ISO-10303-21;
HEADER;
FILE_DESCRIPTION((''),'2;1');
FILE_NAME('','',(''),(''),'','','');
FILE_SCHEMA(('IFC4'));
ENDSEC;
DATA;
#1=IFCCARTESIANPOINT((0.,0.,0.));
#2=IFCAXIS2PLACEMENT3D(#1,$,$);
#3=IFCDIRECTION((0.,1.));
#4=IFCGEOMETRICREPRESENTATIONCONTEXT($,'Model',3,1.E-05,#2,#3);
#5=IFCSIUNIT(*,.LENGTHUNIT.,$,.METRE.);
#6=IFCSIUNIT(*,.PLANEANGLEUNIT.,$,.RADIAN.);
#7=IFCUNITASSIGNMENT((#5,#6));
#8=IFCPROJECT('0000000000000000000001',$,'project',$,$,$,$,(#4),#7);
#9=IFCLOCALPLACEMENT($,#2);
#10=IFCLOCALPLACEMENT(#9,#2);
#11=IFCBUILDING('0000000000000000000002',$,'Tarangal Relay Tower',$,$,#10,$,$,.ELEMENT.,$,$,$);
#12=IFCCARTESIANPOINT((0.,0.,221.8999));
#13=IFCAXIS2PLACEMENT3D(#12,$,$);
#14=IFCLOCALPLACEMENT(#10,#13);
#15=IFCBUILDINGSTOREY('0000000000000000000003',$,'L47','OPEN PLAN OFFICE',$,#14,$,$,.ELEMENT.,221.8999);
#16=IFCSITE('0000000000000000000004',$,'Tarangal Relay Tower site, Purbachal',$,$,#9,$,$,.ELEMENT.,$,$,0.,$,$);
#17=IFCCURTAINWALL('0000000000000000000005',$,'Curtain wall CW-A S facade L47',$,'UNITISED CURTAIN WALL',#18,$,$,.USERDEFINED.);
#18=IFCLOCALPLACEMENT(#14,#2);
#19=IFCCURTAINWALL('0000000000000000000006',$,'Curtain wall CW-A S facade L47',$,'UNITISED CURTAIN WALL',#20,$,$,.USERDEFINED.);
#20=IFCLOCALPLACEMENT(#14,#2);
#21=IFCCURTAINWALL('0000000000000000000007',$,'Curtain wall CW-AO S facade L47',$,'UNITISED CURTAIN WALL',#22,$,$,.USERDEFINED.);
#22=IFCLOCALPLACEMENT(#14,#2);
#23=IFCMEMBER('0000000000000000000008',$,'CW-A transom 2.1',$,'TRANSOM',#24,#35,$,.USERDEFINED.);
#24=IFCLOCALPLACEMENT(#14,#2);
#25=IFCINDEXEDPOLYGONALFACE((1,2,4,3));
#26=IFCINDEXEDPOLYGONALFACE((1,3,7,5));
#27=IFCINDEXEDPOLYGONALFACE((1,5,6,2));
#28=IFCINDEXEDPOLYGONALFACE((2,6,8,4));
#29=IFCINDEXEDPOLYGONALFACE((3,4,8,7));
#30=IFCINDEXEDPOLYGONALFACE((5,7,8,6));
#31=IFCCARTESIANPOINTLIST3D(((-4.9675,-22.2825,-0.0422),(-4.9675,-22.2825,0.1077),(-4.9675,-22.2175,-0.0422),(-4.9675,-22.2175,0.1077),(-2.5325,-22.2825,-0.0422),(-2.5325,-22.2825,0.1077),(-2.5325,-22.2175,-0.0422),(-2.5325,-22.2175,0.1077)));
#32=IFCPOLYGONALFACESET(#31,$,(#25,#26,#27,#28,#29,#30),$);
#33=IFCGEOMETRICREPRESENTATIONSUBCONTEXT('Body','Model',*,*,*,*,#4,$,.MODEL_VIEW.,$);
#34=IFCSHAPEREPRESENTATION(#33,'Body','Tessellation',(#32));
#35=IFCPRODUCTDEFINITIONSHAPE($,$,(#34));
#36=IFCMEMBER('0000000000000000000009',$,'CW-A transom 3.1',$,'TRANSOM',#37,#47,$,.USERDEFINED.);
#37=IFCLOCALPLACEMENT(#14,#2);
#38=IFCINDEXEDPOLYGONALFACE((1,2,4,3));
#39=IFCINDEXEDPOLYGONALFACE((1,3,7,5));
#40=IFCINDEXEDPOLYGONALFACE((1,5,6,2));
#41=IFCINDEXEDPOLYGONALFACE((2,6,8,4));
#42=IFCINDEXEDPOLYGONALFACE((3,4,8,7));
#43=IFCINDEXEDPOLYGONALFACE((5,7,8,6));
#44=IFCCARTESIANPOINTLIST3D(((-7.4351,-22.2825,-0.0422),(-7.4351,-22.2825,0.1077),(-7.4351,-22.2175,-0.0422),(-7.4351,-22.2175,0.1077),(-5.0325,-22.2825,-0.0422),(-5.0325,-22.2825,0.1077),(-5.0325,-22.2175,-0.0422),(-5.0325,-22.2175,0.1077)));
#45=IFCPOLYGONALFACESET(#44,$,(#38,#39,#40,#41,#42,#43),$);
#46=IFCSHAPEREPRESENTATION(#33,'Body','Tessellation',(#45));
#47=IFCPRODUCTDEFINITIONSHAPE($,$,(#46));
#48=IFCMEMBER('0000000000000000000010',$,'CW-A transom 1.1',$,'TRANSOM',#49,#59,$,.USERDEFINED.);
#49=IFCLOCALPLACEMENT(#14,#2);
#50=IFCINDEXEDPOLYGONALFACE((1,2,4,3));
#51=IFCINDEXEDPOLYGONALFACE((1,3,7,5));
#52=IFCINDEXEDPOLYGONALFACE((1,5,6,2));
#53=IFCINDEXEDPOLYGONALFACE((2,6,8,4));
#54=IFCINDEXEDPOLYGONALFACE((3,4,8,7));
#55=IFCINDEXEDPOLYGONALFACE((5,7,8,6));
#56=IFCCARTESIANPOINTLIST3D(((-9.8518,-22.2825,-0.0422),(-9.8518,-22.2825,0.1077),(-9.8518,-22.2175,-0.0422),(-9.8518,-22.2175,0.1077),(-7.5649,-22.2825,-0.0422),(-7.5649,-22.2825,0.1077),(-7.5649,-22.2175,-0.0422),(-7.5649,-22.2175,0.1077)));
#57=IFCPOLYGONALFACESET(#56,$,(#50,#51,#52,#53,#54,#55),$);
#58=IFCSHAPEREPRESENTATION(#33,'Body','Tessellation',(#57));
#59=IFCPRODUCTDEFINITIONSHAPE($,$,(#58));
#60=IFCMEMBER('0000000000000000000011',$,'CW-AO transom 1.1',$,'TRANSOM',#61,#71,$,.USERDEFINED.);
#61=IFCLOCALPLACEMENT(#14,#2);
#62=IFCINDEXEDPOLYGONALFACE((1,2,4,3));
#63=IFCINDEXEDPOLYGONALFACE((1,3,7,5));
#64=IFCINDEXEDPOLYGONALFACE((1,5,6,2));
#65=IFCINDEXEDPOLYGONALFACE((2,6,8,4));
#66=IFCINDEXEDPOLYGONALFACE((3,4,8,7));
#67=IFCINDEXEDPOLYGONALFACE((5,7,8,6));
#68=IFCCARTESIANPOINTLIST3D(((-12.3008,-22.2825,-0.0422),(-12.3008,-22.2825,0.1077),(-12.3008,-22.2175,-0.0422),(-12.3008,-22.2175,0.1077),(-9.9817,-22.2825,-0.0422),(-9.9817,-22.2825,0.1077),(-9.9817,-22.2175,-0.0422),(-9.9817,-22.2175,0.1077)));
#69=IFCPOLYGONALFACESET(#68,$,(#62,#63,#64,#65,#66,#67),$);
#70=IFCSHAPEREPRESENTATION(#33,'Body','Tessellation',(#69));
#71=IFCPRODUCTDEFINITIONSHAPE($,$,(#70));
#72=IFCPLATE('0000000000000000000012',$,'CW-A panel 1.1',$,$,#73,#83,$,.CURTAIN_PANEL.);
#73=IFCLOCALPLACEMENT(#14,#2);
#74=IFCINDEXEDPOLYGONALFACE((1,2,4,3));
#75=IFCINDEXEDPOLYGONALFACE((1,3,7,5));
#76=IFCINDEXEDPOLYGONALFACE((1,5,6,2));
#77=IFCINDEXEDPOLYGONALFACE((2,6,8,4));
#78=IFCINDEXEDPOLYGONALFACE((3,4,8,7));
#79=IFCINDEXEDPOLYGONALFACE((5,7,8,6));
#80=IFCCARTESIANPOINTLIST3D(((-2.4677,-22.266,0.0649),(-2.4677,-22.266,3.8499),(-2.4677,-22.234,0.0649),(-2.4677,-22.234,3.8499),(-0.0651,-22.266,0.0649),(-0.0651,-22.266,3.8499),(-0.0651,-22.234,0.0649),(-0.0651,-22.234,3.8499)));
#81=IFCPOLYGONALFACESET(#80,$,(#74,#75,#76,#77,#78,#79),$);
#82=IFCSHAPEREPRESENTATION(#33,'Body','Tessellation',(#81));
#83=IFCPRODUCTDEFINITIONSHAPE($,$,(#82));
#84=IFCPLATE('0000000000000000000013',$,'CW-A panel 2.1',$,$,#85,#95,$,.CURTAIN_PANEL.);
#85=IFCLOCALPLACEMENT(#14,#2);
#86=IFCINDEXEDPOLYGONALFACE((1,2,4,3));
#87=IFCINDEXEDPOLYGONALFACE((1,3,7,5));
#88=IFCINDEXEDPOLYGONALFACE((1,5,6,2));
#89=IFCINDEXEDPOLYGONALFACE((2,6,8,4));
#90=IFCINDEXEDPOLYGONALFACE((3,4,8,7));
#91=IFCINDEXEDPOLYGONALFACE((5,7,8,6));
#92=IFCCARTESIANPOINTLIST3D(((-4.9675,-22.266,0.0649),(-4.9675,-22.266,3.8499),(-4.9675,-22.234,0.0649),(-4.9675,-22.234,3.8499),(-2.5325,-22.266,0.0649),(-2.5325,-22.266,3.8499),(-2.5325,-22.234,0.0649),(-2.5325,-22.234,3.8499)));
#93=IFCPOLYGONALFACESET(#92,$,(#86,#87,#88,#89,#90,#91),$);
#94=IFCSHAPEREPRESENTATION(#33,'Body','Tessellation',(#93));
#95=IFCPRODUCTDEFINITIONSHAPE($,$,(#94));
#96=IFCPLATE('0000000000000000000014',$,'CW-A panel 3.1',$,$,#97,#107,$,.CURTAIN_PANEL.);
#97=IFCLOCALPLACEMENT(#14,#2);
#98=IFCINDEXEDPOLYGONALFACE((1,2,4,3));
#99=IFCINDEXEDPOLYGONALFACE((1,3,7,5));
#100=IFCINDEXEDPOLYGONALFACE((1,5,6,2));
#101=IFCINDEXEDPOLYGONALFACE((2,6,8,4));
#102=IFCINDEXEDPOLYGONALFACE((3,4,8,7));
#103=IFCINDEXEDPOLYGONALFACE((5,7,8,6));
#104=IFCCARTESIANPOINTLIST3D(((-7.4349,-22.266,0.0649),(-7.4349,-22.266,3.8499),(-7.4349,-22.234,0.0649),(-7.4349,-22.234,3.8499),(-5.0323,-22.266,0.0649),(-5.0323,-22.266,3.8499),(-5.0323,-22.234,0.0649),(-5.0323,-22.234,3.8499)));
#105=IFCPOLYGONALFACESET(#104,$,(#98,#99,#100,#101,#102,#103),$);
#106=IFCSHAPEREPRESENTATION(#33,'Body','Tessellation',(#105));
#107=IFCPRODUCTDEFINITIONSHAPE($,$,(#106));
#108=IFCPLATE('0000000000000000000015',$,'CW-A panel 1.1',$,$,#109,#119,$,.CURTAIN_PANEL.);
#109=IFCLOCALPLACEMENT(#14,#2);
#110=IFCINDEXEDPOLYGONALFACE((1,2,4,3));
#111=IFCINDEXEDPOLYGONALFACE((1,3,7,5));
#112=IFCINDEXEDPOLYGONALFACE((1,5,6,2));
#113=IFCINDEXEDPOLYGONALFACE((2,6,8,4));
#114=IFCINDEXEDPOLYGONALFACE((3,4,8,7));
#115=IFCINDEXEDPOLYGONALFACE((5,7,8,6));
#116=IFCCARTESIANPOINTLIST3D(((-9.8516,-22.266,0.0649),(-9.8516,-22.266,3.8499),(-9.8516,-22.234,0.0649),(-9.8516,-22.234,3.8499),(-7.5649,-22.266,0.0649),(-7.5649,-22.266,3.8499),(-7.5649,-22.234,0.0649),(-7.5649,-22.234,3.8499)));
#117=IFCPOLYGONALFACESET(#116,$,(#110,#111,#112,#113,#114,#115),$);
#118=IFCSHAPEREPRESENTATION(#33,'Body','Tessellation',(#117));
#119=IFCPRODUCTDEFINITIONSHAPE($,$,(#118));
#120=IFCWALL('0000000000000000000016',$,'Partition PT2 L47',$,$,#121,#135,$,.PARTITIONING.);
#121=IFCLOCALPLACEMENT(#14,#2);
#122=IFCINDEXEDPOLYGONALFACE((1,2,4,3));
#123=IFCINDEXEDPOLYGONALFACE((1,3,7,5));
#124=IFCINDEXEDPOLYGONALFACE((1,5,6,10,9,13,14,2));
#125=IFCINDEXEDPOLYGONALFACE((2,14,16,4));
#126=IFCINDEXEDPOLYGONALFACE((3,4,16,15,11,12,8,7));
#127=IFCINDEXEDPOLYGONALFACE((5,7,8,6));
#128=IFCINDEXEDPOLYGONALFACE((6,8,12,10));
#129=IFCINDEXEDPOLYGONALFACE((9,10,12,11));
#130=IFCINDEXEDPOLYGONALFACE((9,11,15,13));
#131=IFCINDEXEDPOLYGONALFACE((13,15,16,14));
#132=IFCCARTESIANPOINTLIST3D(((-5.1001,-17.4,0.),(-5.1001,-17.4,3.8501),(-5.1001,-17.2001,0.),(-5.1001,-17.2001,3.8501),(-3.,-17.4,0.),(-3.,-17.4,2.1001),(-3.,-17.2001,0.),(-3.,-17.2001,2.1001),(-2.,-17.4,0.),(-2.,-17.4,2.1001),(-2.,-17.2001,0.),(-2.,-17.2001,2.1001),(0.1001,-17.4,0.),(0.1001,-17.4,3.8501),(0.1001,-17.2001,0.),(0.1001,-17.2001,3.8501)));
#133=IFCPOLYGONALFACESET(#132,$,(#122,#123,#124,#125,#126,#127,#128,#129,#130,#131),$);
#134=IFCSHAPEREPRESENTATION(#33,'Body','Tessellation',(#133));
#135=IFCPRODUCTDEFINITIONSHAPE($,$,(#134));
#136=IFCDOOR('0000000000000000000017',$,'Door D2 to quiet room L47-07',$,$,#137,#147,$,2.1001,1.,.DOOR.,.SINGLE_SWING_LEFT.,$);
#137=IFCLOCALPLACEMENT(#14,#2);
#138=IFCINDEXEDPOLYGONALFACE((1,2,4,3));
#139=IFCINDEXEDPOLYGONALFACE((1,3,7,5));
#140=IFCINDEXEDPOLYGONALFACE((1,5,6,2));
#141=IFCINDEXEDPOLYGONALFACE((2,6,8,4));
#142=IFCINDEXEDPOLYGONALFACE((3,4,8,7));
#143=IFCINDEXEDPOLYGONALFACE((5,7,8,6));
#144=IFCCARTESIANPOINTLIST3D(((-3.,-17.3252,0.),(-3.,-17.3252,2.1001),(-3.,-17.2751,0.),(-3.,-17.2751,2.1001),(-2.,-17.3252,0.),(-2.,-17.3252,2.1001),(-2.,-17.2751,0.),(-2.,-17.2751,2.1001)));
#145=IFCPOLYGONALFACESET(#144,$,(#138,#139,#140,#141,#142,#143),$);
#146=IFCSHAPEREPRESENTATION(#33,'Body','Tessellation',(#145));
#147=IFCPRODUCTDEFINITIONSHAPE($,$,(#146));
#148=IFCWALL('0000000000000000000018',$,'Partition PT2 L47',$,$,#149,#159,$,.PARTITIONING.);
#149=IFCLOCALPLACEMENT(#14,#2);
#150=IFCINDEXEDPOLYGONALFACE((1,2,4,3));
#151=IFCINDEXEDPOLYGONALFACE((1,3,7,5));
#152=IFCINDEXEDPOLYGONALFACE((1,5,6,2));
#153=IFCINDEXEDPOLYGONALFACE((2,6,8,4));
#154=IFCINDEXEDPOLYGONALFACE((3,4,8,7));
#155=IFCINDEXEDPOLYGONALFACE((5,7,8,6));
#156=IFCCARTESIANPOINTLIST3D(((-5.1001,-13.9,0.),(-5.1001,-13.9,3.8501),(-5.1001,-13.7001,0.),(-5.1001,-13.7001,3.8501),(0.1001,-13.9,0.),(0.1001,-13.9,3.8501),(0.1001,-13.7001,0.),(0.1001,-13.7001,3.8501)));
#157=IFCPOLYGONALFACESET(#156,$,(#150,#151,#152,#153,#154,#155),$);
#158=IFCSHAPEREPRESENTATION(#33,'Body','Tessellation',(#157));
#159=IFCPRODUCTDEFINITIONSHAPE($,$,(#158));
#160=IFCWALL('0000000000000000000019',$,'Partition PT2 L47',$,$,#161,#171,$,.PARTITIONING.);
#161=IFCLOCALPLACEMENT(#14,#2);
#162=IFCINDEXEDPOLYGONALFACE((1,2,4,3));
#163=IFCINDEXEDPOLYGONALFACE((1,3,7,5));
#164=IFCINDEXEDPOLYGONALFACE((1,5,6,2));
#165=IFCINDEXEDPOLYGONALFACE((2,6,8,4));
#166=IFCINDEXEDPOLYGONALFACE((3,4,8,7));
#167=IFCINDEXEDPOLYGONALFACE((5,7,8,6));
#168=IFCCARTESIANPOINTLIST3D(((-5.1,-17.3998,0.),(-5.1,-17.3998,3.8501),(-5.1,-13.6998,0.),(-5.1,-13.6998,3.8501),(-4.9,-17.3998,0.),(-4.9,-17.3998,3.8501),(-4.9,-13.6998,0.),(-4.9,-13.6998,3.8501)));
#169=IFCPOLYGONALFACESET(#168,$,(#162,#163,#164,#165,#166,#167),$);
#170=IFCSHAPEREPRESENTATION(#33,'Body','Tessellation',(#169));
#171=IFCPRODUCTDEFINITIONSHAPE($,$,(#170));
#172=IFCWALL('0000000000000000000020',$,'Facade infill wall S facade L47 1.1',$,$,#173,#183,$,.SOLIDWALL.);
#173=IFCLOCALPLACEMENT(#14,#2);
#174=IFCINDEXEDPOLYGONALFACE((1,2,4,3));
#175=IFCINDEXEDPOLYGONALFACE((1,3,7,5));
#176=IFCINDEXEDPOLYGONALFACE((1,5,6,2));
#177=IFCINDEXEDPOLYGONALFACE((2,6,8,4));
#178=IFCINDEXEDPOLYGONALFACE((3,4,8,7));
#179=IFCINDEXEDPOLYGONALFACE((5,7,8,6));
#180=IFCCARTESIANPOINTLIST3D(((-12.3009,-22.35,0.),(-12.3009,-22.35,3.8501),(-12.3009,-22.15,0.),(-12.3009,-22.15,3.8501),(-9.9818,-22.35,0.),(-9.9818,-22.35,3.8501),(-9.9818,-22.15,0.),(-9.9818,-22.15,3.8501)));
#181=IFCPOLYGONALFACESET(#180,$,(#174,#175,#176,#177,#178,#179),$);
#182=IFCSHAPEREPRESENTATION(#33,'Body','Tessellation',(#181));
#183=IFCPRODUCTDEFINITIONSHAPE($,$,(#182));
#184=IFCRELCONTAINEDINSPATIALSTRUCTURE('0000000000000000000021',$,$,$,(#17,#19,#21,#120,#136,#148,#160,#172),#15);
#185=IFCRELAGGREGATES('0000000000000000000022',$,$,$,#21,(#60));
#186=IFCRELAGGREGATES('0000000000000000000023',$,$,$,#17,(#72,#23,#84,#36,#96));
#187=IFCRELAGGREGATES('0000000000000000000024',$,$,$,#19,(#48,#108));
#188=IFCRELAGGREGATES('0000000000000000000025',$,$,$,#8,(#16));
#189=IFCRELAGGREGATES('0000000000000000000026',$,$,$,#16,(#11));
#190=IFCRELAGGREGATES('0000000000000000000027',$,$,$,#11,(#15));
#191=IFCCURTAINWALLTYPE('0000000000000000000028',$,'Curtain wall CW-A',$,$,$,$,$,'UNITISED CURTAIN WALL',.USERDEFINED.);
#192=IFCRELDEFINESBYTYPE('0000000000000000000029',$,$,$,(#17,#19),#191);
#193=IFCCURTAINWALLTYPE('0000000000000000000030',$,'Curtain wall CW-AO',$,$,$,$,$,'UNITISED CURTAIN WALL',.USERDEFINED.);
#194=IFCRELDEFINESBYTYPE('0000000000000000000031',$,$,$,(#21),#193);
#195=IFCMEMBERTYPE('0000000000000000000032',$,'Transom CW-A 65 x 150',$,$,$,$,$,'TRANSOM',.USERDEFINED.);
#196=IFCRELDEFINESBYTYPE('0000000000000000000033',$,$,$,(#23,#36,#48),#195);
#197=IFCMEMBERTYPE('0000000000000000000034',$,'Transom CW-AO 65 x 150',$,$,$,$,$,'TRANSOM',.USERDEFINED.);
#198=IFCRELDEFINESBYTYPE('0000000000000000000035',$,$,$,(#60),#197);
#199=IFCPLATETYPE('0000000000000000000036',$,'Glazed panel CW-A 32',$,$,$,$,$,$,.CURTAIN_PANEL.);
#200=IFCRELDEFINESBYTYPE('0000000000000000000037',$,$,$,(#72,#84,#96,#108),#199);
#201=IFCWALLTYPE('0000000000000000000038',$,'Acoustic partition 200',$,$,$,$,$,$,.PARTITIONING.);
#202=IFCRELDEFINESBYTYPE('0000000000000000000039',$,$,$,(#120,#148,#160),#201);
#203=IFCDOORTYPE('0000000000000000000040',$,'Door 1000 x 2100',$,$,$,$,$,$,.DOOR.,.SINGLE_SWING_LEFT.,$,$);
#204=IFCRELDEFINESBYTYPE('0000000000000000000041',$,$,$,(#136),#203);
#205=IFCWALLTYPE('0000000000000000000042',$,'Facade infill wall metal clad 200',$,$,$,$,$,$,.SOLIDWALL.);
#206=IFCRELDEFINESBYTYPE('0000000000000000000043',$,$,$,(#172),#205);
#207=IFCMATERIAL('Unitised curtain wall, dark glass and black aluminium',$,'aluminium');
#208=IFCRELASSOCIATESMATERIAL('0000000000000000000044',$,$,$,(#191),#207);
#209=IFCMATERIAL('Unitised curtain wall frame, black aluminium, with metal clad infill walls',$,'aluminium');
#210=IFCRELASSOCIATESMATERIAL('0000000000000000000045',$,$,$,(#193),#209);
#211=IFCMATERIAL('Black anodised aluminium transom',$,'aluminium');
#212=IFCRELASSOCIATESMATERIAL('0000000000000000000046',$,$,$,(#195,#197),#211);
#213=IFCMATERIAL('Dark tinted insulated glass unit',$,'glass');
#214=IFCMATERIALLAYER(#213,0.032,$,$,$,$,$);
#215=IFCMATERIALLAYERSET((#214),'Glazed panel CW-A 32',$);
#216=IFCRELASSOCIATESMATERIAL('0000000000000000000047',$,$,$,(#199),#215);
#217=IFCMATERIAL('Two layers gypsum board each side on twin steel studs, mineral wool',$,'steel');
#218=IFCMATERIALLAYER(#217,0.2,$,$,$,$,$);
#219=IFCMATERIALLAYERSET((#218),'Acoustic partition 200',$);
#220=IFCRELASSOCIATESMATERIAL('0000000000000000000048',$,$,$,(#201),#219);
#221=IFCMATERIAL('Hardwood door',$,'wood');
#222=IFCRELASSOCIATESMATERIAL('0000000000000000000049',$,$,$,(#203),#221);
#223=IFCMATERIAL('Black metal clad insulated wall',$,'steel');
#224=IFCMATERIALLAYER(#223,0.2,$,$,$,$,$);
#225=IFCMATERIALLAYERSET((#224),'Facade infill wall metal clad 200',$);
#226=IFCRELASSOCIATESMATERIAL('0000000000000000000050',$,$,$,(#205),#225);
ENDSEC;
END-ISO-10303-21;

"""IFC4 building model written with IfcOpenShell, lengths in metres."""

from ifc_helpers import new_model, si_unit, direction, frame, frame_2d, origin, origin_2d, place, context, subcontext, project, spatial, rectangle, extrude, material, layer, layer_set, material_profile, profile_set, type_object, element, fill, aggregate, save


model = new_model("IFC4")

# Units and contexts
model_context = context("Model", 3, precision=1e-05, world=origin(), true_north=direction((0.0, 1.0)))
body_context = subcontext(model_context, "Body", "Model", "MODEL_VIEW")
ifc_project = project(units=[si_unit("LENGTHUNIT", "METRE"), si_unit("PLANEANGLEUNIT", "RADIAN")], contexts=[model_context])

# Site, building, storey
site_placement = place(None, origin())
site = spatial("IfcSite", under=ifc_project, at=site_placement, Name="Tarangal Relay Tower site, Purbachal", CompositionType="ELEMENT", RefElevation=0.0)
building_placement = place(site_placement, origin())
building = spatial("IfcBuilding", under=site, at=building_placement, Name="Tarangal Relay Tower", CompositionType="ELEMENT")
storey_placement = place(building_placement, frame((0.0, 0.0, 221.8999)))
storey = spatial("IfcBuildingStorey", under=building, at=storey_placement, Name="L47", Description="OPEN PLAN OFFICE", CompositionType="ELEMENT", Elevation=221.8999)

# Curtain walls
ifc_material_1 = material(Name="Unitised curtain wall, dark glass and black aluminium", Category="aluminium")
curtain_wall_type_1 = type_object("IfcCurtainWallType", Name="Curtain wall CW-A", ElementType="UNITISED CURTAIN WALL", PredefinedType="USERDEFINED", material=ifc_material_1)
curtain_wall_1_placement = place(storey_placement, origin())
curtain_wall_1 = element("IfcCurtainWall", 1, at=curtain_wall_1_placement, inside=storey, type_object=curtain_wall_type_1, Name="Curtain wall CW-A S facade L47", ObjectType="UNITISED CURTAIN WALL", PredefinedType="USERDEFINED")
curtain_wall_2_placement = place(storey_placement, origin())
curtain_wall_2 = element("IfcCurtainWall", 2, at=curtain_wall_2_placement, inside=storey, type_object=curtain_wall_type_1, Name="Curtain wall CW-A S facade L47", ObjectType="UNITISED CURTAIN WALL", PredefinedType="USERDEFINED")

# Curtain wall
ifc_material_2 = material(Name="Unitised curtain wall frame, black aluminium, with metal clad infill walls", Category="aluminium")
curtain_wall_type_2 = type_object("IfcCurtainWallType", Name="Curtain wall CW-AO", ElementType="UNITISED CURTAIN WALL", PredefinedType="USERDEFINED", material=ifc_material_2)
curtain_wall_3_placement = place(storey_placement, origin())
curtain_wall_3 = element("IfcCurtainWall", 3, at=curtain_wall_3_placement, inside=storey, type_object=curtain_wall_type_2, Name="Curtain wall CW-AO S facade L47", ObjectType="UNITISED CURTAIN WALL", PredefinedType="USERDEFINED")

# Members
ifc_material_3 = material(Name="Black anodised aluminium transom", Category="aluminium")
ifc_material_profile_1 = material_profile(ifc_material_3, rectangle(XDim=0.0649, YDim=0.1499, at=origin_2d()), Name="CW-AT 65X150")
ifc_profile_set_1 = profile_set([ifc_material_profile_1], Name="Black anodised aluminium transom")
member_type_1 = type_object("IfcMemberType", Name="Transom CW-A 65 x 150", ElementType="TRANSOM", PredefinedType="USERDEFINED", material=ifc_profile_set_1)
member_1_placement = place(storey_placement, frame((-2.5325, -22.25, 0.0327), z_axis=(-1.0, 0.0, 0.0), x_axis=(0.0, -1.0, 0.0)))
member_1 = element("IfcMember", 4, at=member_1_placement, type_object=member_type_1, Name="CW-A transom 2.1", ObjectType="TRANSOM", PredefinedType="USERDEFINED", context=body_context, shape_type="SweptSolid", body=[
    extrude(rectangle(XDim=0.0649, YDim=0.1499, at=origin_2d()), origin(), (0.0, 0.0, 1.0), 2.4351),
])
member_2_placement = place(storey_placement, frame((-5.0325, -22.25, 0.0327), z_axis=(-1.0, 0.0, 0.0), x_axis=(0.0, -1.0, 0.0)))
member_2 = element("IfcMember", 5, at=member_2_placement, type_object=member_type_1, Name="CW-A transom 3.1", ObjectType="TRANSOM", PredefinedType="USERDEFINED", context=body_context, shape_type="SweptSolid", body=[
    extrude(rectangle(XDim=0.0649, YDim=0.1499, at=origin_2d()), origin(), (0.0, 0.0, 1.0), 2.4026),
])
member_3_placement = place(storey_placement, frame((-7.5649, -22.25, 0.0327), z_axis=(-1.0, 0.0, 0.0), x_axis=(0.0, -1.0, 0.0)))
member_3 = element("IfcMember", 6, at=member_3_placement, type_object=member_type_1, Name="CW-A transom 1.1", ObjectType="TRANSOM", PredefinedType="USERDEFINED", context=body_context, shape_type="SweptSolid", body=[
    extrude(rectangle(XDim=0.0649, YDim=0.1499, at=origin_2d()), origin(), (0.0, 0.0, 1.0), 2.2869),
])
ifc_material_profile_2 = material_profile(ifc_material_3, rectangle(XDim=0.0649, YDim=0.1499, at=origin_2d()), Name="CW-AOT 65X150")
ifc_profile_set_2 = profile_set([ifc_material_profile_2], Name="Black anodised aluminium transom")
member_type_2 = type_object("IfcMemberType", Name="Transom CW-AO 65 x 150", ElementType="TRANSOM", PredefinedType="USERDEFINED", material=ifc_profile_set_2)
member_4_placement = place(storey_placement, frame((-9.9817, -22.25, 0.0327), z_axis=(-1.0, 0.0, 0.0), x_axis=(0.0, -1.0, 0.0)))
member_4 = element("IfcMember", 7, at=member_4_placement, type_object=member_type_2, Name="CW-AO transom 1.1", ObjectType="TRANSOM", PredefinedType="USERDEFINED", context=body_context, shape_type="SweptSolid", body=[
    extrude(rectangle(XDim=0.0649, YDim=0.1499, at=origin_2d()), origin(), (0.0, 0.0, 1.0), 2.3191),
])
aggregate(curtain_wall_3, [member_4])

# Plates
ifc_material_4 = material(Name="Dark tinted insulated glass unit", Category="glass")
ifc_layer_1 = layer(ifc_material_4, 0.032)
ifc_layer_set_1 = layer_set([ifc_layer_1], Name="Glazed panel CW-A 32")
plate_type = type_object("IfcPlateType", Name="Glazed panel CW-A 32", PredefinedType="CURTAIN_PANEL", material=ifc_layer_set_1)
plate_1_placement = place(storey_placement, frame((-1.2664, -22.25, 0.0649), z_axis=(0.0, 0.0, 1.0), x_axis=(-1.0, 0.0, 0.0)))
plate_1 = element("IfcPlate", 8, at=plate_1_placement, type_object=plate_type, Name="CW-A panel 1.1", PredefinedType="CURTAIN_PANEL", context=body_context, shape_type="SweptSolid", body=[
    extrude(rectangle(XDim=2.4026, YDim=0.032, at=origin_2d()), origin(), (0.0, 0.0, 1.0), 3.7849),
])
plate_2_placement = place(storey_placement, frame((-3.75, -22.25, 0.0649), z_axis=(0.0, 0.0, 1.0), x_axis=(-1.0, 0.0, 0.0)))
plate_2 = element("IfcPlate", 9, at=plate_2_placement, type_object=plate_type, Name="CW-A panel 2.1", PredefinedType="CURTAIN_PANEL", context=body_context, shape_type="SweptSolid", body=[
    extrude(rectangle(XDim=2.4351, YDim=0.032, at=origin_2d()), origin(), (0.0, 0.0, 1.0), 3.7849),
])
plate_3_placement = place(storey_placement, frame((-6.2336, -22.25, 0.0649), z_axis=(0.0, 0.0, 1.0), x_axis=(-1.0, 0.0, 0.0)))
plate_3 = element("IfcPlate", 10, at=plate_3_placement, type_object=plate_type, Name="CW-A panel 3.1", PredefinedType="CURTAIN_PANEL", context=body_context, shape_type="SweptSolid", body=[
    extrude(rectangle(XDim=2.4026, YDim=0.032, at=origin_2d()), origin(), (0.0, 0.0, 1.0), 3.7849),
])
aggregate(curtain_wall_1, [plate_1, member_1, plate_2, member_2, plate_3])
plate_4_placement = place(storey_placement, frame((-8.7083, -22.25, 0.0649), z_axis=(0.0, 0.0, 1.0), x_axis=(-1.0, 0.0, 0.0)))
plate_4 = element("IfcPlate", 11, at=plate_4_placement, type_object=plate_type, Name="CW-A panel 1.1", PredefinedType="CURTAIN_PANEL", context=body_context, shape_type="SweptSolid", body=[
    extrude(rectangle(XDim=2.2866, YDim=0.032, at=origin_2d()), origin(), (0.0, 0.0, 1.0), 3.7849),
])
aggregate(curtain_wall_2, [member_3, plate_4])

# Wall, opening, door
ifc_material_5 = material(Name="Two layers gypsum board each side on twin steel studs, mineral wool", Category="steel")
ifc_layer_2 = layer(ifc_material_5, 0.2)
ifc_layer_set_2 = layer_set([ifc_layer_2], Name="Acoustic partition 200")
wall_type_1 = type_object("IfcWallType", Name="Acoustic partition 200", PredefinedType="PARTITIONING", material=ifc_layer_set_2)
wall_1_placement = place(storey_placement, frame((-5.1001, -17.3, 0.0), z_axis=(0.0, 0.0, 1.0), x_axis=(1.0, 0.0, 0.0)))
wall_1 = element("IfcWall", 12, at=wall_1_placement, inside=storey, type_object=wall_type_1, Name="Partition PT2 L47", PredefinedType="PARTITIONING", context=body_context, shape_type="SweptSolid", body=[
    extrude(rectangle(XDim=5.2002, YDim=0.2, at=frame_2d((2.6001, 0.0))), origin(), (0.0, 0.0, 1.0), 3.8501),
])
opening_1_placement = place(wall_1_placement, frame((2.1001, 0.0, 0.0)))
opening_1 = element("IfcOpeningElement", 13, at=opening_1_placement, cuts=wall_1, PredefinedType="OPENING", context=body_context, shape_type="SweptSolid", body=[
    extrude(rectangle(XDim=1.0, YDim=2.1001, at=frame_2d((0.5, 1.05))), frame((0.0, 0.1099, 0.0), z_axis=(0.0, -1.0, 0.0), x_axis=(1.0, 0.0, 0.0)), (0.0, 0.0, 1.0), 0.22),
])
ifc_material_6 = material(Name="Hardwood door", Category="wood")
door_type_1 = type_object("IfcDoorType", Name="Door 1000 x 2100", OperationType="SINGLE_SWING_LEFT", PredefinedType="DOOR", material=ifc_material_6)
door_1_placement = place(opening_1_placement, origin())
door_1 = element("IfcDoor", 14, at=door_1_placement, inside=storey, type_object=door_type_1, Name="Door D2 to quiet room L47-07", OperationType="SINGLE_SWING_LEFT", OverallHeight=2.1001, OverallWidth=1.0, PredefinedType="DOOR", context=body_context, shape_type="SweptSolid", body=[
    extrude(rectangle(XDim=1.0, YDim=2.1001, at=frame_2d((0.5, 1.05))), frame((0.0, 0.0249, 0.0), z_axis=(0.0, -1.0, 0.0), x_axis=(1.0, 0.0, 0.0)), (0.0, 0.0, 1.0), 0.05),
])
fill(opening_1, door_1)

# Walls
wall_2_placement = place(storey_placement, frame((-5.1001, -13.8, 0.0), z_axis=(0.0, 0.0, 1.0), x_axis=(1.0, 0.0, 0.0)))
element("IfcWall", 15, at=wall_2_placement, inside=storey, type_object=wall_type_1, Name="Partition PT2 L47", PredefinedType="PARTITIONING", context=body_context, shape_type="SweptSolid", body=[
    extrude(rectangle(XDim=5.2002, YDim=0.2, at=frame_2d((2.6001, 0.0))), origin(), (0.0, 0.0, 1.0), 3.8501),
])
wall_3_placement = place(storey_placement, frame((-5.0, -17.3999, 0.0), z_axis=(0.0, 0.0, 1.0), x_axis=(0.0, 1.0, 0.0)))
element("IfcWall", 16, at=wall_3_placement, inside=storey, type_object=wall_type_1, Name="Partition PT2 L47", PredefinedType="PARTITIONING", context=body_context, shape_type="SweptSolid", body=[
    extrude(rectangle(XDim=3.7, YDim=0.2, at=frame_2d((1.8501, 0.0))), origin(), (0.0, 0.0, 1.0), 3.8501),
])
ifc_material_7 = material(Name="Black metal clad insulated wall", Category="steel")
ifc_layer_3 = layer(ifc_material_7, 0.2)
ifc_layer_set_3 = layer_set([ifc_layer_3], Name="Facade infill wall metal clad 200")
wall_type_2 = type_object("IfcWallType", Name="Facade infill wall metal clad 200", PredefinedType="SOLIDWALL", material=ifc_layer_set_3)
wall_4_placement = place(storey_placement, frame((-9.9817, -22.25, 0.0), z_axis=(0.0, 0.0, 1.0), x_axis=(-1.0, 0.0, 0.0)))
element("IfcWall", 17, at=wall_4_placement, inside=storey, type_object=wall_type_2, Name="Facade infill wall S facade L47 1.1", PredefinedType="SOLIDWALL", context=body_context, shape_type="SweptSolid", body=[
    extrude(rectangle(XDim=2.3191, YDim=0.2, at=frame_2d((1.1597, 0.0))), origin(), (0.0, 0.0, 1.0), 3.8501),
])

save(model, "model.ifc")
